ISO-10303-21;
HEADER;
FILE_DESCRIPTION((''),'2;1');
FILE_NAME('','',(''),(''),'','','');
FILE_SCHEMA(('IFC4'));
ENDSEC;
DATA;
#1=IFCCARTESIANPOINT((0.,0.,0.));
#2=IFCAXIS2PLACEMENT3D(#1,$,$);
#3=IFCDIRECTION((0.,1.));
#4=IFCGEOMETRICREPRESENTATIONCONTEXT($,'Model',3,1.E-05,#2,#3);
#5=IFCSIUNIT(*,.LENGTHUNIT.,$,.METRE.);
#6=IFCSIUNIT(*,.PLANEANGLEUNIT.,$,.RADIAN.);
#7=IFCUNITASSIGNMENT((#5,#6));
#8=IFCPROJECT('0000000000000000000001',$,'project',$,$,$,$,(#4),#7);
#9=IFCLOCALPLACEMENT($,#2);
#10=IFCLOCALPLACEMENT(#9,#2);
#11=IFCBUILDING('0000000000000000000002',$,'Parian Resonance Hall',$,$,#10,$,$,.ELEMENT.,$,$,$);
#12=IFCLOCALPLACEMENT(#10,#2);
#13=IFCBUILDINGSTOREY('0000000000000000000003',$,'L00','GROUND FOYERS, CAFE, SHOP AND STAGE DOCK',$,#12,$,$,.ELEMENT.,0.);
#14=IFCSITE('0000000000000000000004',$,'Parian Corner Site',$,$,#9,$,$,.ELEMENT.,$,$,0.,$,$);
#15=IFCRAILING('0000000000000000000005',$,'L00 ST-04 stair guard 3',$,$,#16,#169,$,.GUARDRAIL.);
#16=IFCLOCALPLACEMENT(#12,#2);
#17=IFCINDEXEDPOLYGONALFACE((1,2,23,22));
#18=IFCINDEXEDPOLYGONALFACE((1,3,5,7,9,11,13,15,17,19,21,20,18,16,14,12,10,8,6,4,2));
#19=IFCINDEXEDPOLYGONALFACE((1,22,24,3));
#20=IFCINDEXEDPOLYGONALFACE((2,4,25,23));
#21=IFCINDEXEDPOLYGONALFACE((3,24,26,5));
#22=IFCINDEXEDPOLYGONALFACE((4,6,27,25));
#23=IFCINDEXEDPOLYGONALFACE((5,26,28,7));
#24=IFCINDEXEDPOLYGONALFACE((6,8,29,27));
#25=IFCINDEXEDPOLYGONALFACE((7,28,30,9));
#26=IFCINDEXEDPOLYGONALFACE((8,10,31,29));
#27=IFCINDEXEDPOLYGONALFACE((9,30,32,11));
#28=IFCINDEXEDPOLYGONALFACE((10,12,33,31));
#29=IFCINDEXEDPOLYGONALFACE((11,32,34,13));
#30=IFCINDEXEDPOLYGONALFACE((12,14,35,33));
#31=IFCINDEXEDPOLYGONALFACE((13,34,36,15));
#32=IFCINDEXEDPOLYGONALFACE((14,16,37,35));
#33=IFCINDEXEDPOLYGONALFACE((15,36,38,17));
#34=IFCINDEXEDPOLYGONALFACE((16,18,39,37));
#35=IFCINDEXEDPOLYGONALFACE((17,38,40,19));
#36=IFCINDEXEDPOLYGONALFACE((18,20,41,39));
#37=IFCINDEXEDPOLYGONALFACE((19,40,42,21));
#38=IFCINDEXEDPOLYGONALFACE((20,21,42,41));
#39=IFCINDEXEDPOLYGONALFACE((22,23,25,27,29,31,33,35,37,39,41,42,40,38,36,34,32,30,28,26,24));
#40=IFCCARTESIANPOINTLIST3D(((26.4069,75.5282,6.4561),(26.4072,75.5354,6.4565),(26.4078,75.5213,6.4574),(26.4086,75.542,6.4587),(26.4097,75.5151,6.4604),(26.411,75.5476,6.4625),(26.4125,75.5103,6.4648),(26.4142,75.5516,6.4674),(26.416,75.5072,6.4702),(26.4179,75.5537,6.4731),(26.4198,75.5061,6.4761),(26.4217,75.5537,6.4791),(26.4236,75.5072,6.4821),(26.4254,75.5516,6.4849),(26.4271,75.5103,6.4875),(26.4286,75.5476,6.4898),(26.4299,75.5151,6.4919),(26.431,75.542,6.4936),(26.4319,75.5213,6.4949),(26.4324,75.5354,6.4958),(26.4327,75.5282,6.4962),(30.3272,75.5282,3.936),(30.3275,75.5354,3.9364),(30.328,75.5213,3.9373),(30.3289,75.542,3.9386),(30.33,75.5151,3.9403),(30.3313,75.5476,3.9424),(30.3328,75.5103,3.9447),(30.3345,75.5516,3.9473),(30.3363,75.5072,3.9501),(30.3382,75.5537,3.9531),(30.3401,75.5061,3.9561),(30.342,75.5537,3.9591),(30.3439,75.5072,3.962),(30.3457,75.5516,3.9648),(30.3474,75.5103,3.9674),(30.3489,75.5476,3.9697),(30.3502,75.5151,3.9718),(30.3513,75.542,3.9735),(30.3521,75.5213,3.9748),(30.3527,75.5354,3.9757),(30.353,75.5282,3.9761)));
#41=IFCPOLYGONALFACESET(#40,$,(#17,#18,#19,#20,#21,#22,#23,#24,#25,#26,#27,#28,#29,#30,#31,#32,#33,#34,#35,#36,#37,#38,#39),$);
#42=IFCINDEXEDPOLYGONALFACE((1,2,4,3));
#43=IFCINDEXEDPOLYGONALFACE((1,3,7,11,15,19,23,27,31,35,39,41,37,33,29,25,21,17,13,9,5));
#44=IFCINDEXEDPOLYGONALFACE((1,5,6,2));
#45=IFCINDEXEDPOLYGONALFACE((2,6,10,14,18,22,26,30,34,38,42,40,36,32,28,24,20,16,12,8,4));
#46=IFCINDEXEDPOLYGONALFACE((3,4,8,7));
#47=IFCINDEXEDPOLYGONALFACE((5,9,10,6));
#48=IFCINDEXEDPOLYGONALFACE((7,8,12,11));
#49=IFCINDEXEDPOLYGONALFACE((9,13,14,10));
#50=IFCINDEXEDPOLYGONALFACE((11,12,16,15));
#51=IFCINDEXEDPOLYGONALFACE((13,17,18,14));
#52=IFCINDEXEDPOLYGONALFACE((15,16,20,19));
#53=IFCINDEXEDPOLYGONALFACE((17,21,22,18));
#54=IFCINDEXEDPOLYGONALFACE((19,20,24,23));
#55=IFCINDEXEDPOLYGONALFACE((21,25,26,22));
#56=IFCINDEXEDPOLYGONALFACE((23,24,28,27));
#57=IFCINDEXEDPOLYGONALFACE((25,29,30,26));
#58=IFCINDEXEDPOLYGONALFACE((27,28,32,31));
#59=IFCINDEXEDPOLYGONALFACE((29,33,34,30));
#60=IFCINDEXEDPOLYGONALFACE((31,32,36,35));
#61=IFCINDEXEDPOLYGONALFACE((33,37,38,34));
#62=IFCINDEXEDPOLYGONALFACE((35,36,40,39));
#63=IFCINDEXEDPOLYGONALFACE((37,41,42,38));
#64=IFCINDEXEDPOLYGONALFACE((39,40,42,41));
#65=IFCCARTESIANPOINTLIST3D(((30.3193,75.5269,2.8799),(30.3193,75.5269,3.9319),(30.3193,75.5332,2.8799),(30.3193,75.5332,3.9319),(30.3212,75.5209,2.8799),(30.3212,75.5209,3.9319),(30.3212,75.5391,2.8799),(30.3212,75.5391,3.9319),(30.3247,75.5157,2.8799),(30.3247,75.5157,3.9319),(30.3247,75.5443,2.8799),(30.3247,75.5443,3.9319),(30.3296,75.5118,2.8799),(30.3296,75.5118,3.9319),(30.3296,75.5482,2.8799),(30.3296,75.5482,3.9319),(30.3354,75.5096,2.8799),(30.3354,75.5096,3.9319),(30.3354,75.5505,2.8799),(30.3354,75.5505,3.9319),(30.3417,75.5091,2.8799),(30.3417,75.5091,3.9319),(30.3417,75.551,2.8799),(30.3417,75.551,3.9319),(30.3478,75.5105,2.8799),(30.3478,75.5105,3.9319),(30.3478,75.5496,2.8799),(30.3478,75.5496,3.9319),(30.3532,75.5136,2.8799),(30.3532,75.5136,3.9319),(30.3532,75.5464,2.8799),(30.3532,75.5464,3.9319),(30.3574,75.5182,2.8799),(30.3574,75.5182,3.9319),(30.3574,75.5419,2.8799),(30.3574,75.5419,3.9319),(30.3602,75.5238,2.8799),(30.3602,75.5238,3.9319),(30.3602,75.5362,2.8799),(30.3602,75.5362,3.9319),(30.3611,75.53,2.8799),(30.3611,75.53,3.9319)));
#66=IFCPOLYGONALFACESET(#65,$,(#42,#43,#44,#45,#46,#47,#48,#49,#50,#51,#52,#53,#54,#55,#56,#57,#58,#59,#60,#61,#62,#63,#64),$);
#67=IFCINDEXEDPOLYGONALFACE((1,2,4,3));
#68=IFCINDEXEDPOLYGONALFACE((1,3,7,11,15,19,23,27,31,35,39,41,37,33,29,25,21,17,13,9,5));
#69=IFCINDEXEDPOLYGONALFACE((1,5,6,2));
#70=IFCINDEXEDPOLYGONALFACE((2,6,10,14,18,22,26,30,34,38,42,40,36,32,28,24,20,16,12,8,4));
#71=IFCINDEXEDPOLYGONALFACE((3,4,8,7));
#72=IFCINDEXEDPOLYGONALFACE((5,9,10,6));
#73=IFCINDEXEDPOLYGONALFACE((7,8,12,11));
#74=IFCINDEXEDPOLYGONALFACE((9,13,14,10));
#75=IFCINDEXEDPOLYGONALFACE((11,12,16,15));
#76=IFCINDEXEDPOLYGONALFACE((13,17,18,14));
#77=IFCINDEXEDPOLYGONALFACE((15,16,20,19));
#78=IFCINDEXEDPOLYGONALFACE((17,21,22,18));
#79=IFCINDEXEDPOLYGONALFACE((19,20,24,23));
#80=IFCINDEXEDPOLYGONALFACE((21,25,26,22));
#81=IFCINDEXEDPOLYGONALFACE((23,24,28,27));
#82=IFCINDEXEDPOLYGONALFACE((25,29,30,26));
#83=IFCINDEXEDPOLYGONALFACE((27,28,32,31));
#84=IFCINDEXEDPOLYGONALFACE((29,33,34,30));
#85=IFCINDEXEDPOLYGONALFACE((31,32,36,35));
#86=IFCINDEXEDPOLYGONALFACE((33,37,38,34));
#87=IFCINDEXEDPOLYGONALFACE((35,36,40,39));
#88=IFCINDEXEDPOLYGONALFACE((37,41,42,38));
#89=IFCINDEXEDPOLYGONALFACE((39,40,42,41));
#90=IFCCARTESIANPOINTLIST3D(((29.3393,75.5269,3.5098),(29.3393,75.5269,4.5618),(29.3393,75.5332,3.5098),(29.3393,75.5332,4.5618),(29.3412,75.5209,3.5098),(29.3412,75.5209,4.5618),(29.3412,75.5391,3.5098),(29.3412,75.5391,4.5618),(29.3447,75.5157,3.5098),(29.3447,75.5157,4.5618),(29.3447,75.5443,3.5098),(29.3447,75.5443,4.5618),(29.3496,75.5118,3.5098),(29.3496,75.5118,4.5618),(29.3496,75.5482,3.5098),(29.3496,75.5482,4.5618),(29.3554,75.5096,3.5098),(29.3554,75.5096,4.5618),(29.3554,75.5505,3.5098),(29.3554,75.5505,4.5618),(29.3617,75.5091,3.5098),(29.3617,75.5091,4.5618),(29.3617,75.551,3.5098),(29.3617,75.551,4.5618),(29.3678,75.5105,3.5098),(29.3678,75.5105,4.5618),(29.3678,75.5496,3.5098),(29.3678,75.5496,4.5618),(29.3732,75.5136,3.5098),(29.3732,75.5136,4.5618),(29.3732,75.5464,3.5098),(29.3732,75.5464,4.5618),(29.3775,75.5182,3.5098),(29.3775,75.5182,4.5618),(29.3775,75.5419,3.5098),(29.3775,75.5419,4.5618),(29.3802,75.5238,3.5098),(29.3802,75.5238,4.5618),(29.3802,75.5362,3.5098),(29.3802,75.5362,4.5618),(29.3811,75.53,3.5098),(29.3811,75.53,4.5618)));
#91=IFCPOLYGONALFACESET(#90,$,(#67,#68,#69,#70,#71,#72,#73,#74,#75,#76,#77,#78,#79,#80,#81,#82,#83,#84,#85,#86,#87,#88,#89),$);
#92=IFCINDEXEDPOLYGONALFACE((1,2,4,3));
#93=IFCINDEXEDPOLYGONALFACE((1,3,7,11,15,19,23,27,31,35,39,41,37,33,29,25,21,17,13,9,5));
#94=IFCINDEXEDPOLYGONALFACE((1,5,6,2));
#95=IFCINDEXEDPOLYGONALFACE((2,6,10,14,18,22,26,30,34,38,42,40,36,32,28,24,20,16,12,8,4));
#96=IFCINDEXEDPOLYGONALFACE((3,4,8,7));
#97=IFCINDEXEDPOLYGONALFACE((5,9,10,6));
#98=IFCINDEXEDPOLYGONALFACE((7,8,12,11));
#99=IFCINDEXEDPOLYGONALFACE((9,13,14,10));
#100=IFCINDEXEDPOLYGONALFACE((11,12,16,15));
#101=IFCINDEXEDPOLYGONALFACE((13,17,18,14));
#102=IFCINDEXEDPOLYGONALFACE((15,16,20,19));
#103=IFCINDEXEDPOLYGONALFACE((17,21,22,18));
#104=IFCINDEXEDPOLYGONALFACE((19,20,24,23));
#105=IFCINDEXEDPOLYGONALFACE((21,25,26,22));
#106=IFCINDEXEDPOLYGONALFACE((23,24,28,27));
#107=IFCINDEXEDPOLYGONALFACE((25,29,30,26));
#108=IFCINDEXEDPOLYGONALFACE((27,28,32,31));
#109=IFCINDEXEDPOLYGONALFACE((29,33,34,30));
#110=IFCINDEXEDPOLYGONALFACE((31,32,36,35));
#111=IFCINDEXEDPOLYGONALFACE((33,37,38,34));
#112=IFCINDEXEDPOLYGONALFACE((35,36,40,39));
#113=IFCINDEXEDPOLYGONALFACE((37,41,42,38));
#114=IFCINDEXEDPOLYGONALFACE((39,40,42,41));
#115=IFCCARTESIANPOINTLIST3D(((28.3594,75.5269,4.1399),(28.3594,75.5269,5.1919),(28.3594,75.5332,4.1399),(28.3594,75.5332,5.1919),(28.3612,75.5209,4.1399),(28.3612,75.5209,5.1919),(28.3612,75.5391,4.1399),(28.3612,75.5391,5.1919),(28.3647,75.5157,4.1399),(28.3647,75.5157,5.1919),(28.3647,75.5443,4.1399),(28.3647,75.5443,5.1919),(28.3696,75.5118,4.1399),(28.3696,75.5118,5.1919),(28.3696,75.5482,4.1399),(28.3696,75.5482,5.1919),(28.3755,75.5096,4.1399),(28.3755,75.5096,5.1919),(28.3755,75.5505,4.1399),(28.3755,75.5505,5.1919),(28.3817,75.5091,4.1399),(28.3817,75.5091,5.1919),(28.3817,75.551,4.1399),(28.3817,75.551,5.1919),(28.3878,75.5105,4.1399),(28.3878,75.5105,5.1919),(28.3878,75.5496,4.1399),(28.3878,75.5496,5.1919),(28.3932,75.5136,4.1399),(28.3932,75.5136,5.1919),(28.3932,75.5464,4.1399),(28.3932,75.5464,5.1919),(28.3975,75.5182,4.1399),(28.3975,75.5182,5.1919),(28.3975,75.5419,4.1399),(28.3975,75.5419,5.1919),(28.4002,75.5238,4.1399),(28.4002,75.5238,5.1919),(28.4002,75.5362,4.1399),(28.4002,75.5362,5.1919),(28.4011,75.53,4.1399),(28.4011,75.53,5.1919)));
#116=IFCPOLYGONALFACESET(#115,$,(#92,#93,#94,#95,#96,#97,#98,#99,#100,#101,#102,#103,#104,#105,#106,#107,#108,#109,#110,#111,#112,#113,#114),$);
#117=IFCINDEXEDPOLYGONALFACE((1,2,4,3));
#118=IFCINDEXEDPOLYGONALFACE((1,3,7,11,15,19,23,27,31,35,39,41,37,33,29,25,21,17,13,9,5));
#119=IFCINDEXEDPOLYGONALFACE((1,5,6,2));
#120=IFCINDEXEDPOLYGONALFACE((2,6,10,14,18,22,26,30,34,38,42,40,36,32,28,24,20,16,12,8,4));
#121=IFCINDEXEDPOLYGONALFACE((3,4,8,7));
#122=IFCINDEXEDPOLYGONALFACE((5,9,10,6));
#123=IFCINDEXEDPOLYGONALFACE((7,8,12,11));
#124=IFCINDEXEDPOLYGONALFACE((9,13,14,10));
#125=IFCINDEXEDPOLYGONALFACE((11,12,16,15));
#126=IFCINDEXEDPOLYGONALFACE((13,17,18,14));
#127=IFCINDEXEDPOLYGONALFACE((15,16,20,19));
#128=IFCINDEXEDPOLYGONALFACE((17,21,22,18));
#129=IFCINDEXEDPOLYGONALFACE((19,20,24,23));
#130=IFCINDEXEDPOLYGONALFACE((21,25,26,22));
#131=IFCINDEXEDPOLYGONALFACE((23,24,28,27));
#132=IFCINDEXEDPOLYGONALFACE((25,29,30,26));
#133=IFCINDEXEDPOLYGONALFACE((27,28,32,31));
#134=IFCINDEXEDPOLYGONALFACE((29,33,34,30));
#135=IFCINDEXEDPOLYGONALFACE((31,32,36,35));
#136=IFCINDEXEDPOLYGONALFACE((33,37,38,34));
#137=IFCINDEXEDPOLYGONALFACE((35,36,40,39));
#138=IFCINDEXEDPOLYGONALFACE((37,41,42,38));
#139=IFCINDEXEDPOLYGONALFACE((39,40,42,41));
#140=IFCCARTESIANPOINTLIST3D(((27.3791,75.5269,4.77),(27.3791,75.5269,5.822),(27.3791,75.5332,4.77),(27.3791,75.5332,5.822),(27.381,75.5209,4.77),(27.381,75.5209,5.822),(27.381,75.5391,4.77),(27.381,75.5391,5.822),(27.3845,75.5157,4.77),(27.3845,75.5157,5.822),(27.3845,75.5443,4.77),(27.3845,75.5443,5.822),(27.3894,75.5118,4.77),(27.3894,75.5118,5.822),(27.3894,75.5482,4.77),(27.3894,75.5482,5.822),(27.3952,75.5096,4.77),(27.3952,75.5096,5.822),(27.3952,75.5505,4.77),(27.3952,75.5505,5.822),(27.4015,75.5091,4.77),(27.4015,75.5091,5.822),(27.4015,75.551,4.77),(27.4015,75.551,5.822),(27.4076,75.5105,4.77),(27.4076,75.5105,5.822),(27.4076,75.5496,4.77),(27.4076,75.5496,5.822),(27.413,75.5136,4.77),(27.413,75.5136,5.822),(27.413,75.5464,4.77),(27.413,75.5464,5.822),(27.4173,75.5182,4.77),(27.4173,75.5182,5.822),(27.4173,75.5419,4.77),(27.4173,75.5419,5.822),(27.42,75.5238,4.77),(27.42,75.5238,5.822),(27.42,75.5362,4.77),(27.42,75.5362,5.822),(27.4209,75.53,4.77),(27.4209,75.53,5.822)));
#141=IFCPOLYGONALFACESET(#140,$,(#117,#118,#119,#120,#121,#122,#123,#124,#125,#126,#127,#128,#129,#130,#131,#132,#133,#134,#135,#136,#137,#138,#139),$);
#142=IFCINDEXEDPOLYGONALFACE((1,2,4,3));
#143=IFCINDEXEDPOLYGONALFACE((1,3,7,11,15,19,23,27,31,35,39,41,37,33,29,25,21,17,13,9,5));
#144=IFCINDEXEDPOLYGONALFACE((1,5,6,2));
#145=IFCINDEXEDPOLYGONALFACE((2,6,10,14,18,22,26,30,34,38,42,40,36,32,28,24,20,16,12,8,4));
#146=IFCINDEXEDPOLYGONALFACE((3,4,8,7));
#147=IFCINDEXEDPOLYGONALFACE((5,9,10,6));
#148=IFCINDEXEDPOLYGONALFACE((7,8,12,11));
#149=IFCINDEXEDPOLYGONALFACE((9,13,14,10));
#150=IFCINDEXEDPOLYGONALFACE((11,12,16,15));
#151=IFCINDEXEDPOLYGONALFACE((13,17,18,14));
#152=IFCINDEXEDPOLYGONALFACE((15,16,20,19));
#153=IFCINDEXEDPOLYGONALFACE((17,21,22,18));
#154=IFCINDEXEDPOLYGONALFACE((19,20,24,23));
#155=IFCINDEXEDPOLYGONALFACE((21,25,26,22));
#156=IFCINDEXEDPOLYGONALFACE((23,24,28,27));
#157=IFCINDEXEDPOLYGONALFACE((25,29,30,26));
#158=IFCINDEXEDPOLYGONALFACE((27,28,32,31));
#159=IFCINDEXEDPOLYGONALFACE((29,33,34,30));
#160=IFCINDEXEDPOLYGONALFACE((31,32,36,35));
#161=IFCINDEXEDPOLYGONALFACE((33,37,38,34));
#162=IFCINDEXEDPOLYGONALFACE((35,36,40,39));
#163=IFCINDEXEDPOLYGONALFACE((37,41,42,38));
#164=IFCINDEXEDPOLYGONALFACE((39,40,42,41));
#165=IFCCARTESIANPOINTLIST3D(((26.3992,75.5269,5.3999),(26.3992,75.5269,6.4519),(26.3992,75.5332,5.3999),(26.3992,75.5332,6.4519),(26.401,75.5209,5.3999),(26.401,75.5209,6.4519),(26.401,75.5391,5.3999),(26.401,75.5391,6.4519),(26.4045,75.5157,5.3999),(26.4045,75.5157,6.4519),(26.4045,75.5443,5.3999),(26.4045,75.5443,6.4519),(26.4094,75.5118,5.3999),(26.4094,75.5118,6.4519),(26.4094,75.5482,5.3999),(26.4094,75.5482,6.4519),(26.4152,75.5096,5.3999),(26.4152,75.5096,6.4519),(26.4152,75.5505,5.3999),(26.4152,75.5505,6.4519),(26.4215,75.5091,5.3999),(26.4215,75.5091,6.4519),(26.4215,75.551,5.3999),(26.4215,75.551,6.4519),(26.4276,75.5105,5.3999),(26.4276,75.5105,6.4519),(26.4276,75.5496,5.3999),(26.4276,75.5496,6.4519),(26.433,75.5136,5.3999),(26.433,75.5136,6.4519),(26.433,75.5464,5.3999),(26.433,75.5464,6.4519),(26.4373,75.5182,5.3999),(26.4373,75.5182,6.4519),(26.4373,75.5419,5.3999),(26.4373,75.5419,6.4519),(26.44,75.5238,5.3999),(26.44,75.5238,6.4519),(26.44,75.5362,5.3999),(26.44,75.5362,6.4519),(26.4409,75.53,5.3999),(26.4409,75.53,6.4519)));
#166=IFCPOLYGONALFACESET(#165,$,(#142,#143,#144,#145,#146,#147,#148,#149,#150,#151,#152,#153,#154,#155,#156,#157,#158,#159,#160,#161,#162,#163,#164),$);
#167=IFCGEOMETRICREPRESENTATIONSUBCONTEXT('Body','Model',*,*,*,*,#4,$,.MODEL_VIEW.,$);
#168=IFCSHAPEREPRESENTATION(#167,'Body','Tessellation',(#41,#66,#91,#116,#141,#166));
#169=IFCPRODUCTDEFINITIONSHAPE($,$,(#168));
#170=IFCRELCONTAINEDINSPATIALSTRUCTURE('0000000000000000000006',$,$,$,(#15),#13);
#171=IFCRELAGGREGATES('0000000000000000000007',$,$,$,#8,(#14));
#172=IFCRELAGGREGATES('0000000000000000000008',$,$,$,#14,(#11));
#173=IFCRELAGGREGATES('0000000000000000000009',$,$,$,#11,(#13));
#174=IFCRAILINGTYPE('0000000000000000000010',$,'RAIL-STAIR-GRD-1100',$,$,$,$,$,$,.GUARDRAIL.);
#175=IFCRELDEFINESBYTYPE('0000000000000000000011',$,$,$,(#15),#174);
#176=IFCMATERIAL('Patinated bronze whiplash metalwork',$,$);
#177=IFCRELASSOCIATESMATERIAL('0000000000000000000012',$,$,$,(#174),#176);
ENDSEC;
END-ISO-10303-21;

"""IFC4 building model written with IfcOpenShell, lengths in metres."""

from ifc_helpers import new_model, si_unit, direction, frame, origin, origin_2d, place, context, subcontext, project, spatial, circle, extrude, material, type_object, element, save


model = new_model("IFC4")

# Units and contexts
model_context = context("Model", 3, precision=1e-05, world=origin(), true_north=direction((0.0, 1.0)))
body_context = subcontext(model_context, "Body", "Model", "MODEL_VIEW")
ifc_project = project(units=[si_unit("LENGTHUNIT", "METRE"), si_unit("PLANEANGLEUNIT", "RADIAN")], contexts=[model_context])

# Site, building, storey
site_placement = place(None, origin())
site = spatial("IfcSite", under=ifc_project, at=site_placement, Name="Parian Corner Site", CompositionType="ELEMENT", RefElevation=0.0)
building_placement = place(site_placement, origin())
building = spatial("IfcBuilding", under=site, at=building_placement, Name="Parian Resonance Hall", CompositionType="ELEMENT")
storey_placement = place(building_placement, origin())
storey = spatial("IfcBuildingStorey", under=building, at=storey_placement, Name="L00", Description="GROUND FOYERS, CAFE, SHOP AND STAGE DOCK", CompositionType="ELEMENT", Elevation=0.0)

# Railing
ifc_material_1 = material(Name="Patinated bronze whiplash metalwork")
railing_type_1 = type_object("IfcRailingType", Name="RAIL-STAIR-GRD-1100", PredefinedType="GUARDRAIL", material=ifc_material_1)
railing_1_placement = place(storey_placement, frame((30.3401, 75.53, 2.8799)))
element("IfcRailing", 1, at=railing_1_placement, inside=storey, type_object=railing_type_1, Name="L00 ST-04 stair guard 3", PredefinedType="GUARDRAIL", context=body_context, shape_type="SweptSolid", body=[
    extrude(circle(Radius=0.0239, at=origin_2d()), frame((0.0, 0.0, 1.0762), z_axis=(-0.841187, 0.0, 0.540744), x_axis=(0.0, -1.0, 0.0)), (0.0, 0.0, 1.0), 4.6604),
    extrude(circle(Radius=0.021, at=origin_2d()), origin(), (0.0, 0.0, 1.0), 1.052),
    extrude(circle(Radius=0.021, at=origin_2d()), frame((-0.98, 0.0, 0.6299)), (0.0, 0.0, 1.0), 1.052),
    extrude(circle(Radius=0.021, at=origin_2d()), frame((-1.96, 0.0, 1.26)), (0.0, 0.0, 1.0), 1.052),
    extrude(circle(Radius=0.021, at=origin_2d()), frame((-2.9402, 0.0, 1.8901)), (0.0, 0.0, 1.0), 1.052),
    extrude(circle(Radius=0.021, at=origin_2d()), frame((-3.9202, 0.0, 2.52)), (0.0, 0.0, 1.0), 1.052),
])

save(model, "model.ifc")
